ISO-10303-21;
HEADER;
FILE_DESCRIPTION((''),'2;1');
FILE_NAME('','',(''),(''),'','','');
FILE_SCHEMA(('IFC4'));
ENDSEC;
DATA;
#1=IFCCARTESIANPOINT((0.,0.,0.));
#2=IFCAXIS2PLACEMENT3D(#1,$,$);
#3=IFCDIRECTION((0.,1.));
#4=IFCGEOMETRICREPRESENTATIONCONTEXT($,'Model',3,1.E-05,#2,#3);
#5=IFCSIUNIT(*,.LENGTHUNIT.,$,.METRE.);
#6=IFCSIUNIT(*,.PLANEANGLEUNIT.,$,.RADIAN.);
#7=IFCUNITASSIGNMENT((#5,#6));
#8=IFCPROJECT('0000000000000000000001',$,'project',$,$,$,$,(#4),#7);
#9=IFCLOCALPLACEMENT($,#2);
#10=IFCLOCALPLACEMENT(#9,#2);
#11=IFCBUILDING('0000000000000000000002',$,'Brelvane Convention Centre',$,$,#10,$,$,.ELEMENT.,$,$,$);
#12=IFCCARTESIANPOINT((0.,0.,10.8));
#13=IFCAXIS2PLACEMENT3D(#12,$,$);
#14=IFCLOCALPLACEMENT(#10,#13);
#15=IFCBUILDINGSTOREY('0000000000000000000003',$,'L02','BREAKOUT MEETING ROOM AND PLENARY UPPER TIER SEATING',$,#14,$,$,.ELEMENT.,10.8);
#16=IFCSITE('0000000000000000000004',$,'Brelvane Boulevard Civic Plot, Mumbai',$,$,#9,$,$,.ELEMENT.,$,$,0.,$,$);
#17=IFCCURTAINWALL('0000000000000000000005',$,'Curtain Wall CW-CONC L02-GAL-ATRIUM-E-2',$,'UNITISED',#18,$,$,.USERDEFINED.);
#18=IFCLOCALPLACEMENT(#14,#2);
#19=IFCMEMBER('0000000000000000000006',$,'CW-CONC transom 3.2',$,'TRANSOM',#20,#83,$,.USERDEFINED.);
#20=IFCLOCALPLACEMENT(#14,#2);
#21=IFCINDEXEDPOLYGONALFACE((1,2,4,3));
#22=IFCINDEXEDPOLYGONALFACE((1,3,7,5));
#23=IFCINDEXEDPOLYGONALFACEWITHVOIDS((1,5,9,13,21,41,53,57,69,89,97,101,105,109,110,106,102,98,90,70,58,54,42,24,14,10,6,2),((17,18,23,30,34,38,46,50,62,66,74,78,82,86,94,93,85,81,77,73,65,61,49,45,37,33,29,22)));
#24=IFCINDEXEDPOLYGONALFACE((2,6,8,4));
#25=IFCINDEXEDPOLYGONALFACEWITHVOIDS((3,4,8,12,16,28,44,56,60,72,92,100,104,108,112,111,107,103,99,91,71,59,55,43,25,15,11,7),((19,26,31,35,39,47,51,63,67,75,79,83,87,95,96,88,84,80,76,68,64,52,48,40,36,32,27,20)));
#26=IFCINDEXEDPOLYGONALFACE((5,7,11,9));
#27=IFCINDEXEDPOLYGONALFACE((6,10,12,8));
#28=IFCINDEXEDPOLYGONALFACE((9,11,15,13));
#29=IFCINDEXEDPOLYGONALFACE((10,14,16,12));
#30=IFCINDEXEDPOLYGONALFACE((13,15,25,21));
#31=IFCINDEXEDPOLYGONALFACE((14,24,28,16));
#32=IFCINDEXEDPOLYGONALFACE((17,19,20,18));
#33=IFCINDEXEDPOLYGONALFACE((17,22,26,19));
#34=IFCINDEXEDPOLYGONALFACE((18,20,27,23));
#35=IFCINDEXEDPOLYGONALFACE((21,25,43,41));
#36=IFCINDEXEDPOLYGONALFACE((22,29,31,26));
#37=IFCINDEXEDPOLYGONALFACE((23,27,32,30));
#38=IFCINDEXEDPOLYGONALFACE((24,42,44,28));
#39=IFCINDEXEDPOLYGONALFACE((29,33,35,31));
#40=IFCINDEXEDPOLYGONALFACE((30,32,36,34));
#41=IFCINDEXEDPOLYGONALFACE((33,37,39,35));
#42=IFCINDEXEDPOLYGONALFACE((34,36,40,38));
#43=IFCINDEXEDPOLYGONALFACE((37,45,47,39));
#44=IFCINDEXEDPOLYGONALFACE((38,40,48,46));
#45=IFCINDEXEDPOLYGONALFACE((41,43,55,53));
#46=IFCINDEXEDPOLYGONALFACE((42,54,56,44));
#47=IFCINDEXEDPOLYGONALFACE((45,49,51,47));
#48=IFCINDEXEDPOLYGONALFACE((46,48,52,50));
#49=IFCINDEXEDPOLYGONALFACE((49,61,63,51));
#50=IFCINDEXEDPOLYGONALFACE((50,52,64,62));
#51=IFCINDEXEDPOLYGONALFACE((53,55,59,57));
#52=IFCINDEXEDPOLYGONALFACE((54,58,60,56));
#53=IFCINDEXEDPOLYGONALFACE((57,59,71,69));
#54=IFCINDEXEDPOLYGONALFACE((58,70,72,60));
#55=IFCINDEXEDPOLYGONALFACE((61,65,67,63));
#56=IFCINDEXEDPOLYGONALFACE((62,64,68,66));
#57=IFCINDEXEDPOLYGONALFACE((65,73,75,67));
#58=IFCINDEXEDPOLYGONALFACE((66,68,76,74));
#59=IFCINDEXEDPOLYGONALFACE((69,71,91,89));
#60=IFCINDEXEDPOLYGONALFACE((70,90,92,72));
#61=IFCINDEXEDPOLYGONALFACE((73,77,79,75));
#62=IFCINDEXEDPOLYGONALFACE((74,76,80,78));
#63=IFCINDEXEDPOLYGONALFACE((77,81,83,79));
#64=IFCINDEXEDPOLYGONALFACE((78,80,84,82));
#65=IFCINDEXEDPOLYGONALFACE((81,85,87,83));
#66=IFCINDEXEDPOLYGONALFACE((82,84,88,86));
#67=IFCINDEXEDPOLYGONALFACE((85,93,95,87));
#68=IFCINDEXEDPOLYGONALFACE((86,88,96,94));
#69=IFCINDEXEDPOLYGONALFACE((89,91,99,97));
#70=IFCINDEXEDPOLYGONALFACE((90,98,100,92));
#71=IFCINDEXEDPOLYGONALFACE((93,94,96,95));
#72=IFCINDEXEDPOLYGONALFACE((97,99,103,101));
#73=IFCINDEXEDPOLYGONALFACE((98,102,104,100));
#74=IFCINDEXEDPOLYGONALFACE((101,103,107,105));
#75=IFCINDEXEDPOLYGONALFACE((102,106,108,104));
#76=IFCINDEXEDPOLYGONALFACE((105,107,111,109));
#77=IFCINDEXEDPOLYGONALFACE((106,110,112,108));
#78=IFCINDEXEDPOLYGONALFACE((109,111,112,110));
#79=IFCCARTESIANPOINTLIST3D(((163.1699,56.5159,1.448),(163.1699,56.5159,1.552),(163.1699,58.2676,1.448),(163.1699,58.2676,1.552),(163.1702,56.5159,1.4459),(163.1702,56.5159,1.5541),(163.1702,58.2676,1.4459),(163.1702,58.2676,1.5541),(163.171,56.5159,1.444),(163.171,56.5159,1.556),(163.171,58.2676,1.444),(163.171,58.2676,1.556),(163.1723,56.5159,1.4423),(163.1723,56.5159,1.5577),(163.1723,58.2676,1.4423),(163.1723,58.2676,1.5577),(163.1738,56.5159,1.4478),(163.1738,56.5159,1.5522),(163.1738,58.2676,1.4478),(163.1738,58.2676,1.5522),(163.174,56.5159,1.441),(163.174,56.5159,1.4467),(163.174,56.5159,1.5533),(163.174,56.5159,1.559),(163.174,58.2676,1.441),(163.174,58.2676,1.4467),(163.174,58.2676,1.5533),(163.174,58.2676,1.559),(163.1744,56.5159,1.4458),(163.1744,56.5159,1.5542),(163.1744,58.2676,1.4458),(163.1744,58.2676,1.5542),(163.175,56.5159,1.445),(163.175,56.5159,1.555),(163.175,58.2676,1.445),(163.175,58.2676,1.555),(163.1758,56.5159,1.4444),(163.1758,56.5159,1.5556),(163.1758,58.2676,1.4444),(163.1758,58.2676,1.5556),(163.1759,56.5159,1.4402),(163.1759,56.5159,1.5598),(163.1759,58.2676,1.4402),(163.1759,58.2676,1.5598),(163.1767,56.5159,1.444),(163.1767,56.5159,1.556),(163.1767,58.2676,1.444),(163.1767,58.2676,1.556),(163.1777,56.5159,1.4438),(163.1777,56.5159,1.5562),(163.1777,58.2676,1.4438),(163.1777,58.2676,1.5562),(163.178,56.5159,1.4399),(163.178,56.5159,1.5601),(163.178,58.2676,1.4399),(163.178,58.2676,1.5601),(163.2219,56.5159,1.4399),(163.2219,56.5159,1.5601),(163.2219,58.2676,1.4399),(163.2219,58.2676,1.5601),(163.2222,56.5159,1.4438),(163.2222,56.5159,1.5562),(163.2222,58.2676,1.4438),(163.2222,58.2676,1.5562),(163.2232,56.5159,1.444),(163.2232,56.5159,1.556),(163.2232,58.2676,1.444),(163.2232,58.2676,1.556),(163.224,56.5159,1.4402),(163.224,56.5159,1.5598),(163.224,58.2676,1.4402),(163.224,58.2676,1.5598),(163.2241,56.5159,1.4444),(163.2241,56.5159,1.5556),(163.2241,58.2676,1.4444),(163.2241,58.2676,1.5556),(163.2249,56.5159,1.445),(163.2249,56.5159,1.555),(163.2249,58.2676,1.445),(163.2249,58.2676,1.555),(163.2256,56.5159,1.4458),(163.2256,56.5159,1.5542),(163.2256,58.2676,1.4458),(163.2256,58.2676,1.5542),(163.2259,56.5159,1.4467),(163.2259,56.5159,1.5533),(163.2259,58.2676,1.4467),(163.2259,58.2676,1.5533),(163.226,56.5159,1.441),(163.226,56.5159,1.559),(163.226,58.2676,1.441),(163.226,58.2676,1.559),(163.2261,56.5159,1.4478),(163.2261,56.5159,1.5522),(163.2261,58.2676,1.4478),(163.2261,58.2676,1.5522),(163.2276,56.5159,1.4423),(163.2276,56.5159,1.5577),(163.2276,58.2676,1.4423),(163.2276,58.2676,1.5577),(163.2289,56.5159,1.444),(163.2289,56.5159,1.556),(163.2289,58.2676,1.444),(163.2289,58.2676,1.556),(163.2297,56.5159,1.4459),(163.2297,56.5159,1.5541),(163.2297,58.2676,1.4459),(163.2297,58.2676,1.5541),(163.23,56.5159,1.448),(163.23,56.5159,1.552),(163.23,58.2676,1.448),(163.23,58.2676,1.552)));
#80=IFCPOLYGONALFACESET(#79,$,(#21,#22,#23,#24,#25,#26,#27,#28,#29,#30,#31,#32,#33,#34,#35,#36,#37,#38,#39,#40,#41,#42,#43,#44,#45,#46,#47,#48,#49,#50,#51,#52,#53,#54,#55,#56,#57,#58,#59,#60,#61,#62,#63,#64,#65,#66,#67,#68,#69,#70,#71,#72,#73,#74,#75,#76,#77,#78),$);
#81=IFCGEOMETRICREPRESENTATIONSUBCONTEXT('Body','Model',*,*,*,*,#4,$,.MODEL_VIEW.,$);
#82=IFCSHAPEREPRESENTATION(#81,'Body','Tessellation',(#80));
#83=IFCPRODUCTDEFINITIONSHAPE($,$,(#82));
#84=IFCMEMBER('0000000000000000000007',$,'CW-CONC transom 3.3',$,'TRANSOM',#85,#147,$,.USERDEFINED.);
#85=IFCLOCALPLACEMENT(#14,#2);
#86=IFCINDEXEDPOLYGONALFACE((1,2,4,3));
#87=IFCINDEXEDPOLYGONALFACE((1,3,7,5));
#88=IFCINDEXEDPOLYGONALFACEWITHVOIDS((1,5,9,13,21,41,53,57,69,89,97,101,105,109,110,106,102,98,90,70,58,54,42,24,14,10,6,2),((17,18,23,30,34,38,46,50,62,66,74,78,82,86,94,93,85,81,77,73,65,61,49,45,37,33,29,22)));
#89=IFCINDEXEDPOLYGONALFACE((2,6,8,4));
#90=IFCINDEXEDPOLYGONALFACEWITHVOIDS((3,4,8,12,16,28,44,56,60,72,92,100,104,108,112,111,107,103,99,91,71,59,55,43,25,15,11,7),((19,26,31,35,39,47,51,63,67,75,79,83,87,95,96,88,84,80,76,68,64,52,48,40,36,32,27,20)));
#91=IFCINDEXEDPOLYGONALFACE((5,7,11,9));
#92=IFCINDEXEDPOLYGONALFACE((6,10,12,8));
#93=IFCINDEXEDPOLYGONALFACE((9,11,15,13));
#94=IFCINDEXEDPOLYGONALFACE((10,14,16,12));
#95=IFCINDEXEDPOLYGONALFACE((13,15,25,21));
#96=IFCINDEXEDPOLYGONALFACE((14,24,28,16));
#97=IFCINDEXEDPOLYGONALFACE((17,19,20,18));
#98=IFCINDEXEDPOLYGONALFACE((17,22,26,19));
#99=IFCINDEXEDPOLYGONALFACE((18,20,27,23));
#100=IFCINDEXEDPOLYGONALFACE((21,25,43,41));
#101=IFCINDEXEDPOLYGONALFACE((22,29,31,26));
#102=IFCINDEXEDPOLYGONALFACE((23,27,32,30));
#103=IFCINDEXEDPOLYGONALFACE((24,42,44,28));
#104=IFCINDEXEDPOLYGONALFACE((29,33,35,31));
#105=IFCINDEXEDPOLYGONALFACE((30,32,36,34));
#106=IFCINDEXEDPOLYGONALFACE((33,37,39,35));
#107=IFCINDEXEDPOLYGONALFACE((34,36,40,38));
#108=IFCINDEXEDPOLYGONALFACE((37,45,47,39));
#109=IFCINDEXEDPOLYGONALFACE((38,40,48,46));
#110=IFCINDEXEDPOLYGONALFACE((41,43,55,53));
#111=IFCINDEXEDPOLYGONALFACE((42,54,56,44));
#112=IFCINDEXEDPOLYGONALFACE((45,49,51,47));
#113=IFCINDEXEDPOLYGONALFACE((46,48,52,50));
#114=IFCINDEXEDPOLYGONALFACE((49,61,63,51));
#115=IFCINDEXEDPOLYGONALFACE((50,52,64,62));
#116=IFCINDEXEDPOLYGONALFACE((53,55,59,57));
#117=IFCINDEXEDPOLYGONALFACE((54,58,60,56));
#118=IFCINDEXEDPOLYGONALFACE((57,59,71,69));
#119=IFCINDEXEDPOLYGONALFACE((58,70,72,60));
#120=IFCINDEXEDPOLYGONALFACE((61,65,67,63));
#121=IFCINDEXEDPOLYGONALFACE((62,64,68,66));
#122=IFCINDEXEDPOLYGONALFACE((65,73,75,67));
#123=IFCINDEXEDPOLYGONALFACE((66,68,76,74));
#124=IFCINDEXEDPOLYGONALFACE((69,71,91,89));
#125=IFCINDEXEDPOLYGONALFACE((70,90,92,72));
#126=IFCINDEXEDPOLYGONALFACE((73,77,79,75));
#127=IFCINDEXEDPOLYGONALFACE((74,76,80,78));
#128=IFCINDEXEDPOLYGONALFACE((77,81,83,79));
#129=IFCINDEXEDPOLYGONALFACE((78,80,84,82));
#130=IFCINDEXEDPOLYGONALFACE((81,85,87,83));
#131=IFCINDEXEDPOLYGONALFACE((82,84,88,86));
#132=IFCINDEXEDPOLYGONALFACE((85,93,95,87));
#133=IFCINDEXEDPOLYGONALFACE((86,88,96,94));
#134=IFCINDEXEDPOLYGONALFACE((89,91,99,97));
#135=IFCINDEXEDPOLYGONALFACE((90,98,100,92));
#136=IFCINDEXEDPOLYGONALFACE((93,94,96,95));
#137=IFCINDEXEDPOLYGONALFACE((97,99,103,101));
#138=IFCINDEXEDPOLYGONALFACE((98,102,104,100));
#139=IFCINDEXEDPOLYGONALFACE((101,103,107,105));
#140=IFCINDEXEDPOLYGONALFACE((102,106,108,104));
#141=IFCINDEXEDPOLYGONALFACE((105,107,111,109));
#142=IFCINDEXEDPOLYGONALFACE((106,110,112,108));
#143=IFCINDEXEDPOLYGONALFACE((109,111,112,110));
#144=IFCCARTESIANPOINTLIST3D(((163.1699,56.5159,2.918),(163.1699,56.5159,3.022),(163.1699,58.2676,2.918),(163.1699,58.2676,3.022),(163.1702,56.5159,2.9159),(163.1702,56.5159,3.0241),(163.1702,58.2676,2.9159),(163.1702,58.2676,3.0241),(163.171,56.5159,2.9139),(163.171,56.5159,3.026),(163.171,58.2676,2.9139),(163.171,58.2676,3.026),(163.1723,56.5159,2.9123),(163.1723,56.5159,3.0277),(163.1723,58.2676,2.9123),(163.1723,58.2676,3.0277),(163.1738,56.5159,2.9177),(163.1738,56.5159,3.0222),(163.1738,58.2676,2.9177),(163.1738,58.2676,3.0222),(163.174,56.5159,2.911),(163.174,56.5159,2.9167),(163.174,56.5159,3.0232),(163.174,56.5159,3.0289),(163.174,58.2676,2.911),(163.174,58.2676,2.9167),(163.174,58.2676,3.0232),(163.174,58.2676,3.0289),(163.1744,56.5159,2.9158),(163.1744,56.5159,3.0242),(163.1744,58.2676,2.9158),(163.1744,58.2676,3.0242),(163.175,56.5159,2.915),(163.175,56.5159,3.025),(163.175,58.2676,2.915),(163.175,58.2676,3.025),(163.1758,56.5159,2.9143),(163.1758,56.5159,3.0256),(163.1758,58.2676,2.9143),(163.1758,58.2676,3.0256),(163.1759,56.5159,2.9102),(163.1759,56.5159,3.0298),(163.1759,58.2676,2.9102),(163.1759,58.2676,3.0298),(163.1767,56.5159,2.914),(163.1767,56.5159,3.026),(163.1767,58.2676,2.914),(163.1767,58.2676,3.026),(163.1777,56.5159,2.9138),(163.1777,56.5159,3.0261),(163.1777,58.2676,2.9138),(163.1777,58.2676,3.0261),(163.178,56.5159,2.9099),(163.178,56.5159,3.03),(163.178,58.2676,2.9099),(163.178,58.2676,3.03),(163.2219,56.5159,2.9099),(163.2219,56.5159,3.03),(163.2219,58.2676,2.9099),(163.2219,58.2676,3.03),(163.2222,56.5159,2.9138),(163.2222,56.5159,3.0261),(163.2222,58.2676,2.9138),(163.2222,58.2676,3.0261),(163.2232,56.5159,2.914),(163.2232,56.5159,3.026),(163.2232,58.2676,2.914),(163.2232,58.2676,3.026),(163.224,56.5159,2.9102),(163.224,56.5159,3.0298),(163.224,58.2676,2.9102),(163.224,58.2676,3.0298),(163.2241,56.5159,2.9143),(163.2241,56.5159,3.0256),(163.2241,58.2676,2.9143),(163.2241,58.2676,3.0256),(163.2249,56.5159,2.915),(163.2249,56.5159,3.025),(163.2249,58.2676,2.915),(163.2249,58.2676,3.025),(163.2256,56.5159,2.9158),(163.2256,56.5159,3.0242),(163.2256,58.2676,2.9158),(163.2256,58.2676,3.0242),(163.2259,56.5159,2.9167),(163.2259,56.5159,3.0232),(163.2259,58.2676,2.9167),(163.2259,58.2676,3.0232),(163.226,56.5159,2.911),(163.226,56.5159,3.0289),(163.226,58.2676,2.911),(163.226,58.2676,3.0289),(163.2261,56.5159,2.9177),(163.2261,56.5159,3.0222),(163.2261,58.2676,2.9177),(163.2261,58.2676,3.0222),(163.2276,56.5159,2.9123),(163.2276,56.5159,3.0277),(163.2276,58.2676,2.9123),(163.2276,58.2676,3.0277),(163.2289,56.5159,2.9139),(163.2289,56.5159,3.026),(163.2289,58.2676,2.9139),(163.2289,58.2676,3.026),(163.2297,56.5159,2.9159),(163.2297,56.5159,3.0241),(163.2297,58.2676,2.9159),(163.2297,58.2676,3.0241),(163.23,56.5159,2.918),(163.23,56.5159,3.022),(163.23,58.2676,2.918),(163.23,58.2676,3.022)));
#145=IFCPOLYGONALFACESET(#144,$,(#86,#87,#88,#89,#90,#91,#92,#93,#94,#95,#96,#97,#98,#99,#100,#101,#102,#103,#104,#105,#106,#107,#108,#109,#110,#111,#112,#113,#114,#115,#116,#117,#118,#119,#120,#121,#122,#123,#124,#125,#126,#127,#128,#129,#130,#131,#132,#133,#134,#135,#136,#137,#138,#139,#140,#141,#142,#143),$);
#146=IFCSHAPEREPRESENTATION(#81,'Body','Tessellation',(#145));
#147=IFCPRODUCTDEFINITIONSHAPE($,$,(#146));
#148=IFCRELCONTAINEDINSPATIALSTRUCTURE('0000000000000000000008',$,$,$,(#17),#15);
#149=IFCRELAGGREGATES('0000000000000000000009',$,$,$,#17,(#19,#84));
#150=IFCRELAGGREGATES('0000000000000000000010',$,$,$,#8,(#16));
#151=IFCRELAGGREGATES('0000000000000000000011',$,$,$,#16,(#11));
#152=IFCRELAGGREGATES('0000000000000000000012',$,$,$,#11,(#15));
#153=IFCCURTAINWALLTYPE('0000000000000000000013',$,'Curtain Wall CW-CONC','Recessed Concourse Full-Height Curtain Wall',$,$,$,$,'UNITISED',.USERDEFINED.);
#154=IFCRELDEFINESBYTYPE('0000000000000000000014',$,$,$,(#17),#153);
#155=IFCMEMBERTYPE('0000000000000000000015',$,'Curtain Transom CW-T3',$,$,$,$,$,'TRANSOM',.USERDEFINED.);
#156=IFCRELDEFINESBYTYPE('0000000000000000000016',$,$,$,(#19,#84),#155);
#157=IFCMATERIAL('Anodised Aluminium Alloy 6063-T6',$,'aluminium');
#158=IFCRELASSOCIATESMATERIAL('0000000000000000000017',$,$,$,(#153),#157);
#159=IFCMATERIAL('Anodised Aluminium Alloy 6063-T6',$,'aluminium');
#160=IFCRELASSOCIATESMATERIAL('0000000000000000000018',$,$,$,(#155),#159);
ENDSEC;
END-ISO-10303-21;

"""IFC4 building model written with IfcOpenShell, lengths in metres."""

from ifc_helpers import new_model, si_unit, direction, frame, origin, origin_2d, place, context, subcontext, project, spatial, hollow_rectangle, extrude, material, material_profile, profile_set, type_object, element, aggregate, save


model = new_model("IFC4")

# Units and contexts
model_context = context("Model", 3, precision=1e-05, world=origin(), true_north=direction((0.0, 1.0)))
body_context = subcontext(model_context, "Body", "Model", "MODEL_VIEW")
ifc_project = project(units=[si_unit("LENGTHUNIT", "METRE"), si_unit("PLANEANGLEUNIT", "RADIAN")], contexts=[model_context])

# Site, building, storey
site_placement = place(None, origin())
site = spatial("IfcSite", under=ifc_project, at=site_placement, Name="Brelvane Boulevard Civic Plot, Mumbai", CompositionType="ELEMENT", RefElevation=0.0)
building_placement = place(site_placement, origin())
building = spatial("IfcBuilding", under=site, at=building_placement, Name="Brelvane Convention Centre", CompositionType="ELEMENT")
storey_placement = place(building_placement, frame((0.0, 0.0, 10.8)))
storey = spatial("IfcBuildingStorey", under=building, at=storey_placement, Name="L02", Description="BREAKOUT MEETING ROOM AND PLENARY UPPER TIER SEATING", CompositionType="ELEMENT", Elevation=10.8)

# Curtain wall, members
ifc_material_1 = material(Name="Anodised Aluminium Alloy 6063-T6", Category="aluminium")
curtain_wall_type = type_object("IfcCurtainWallType", Name="Curtain Wall CW-CONC", Description="Recessed Concourse Full-Height Curtain Wall", ElementType="UNITISED", PredefinedType="USERDEFINED", material=ifc_material_1)
curtain_wall_placement = place(storey_placement, origin())
curtain_wall = element("IfcCurtainWall", 1, at=curtain_wall_placement, inside=storey, type_object=curtain_wall_type, Name="Curtain Wall CW-CONC L02-GAL-ATRIUM-E-2", ObjectType="UNITISED", PredefinedType="USERDEFINED")
ifc_material_2 = material(Name="Anodised Aluminium Alloy 6063-T6", Category="aluminium")
ifc_material_profile_1 = material_profile(ifc_material_2, hollow_rectangle(XDim=0.0601, YDim=0.1201, WallThickness=0.0039, InnerFilletRadius=0.0039, OuterFilletRadius=0.0081, at=origin_2d()), Name="ALU-T 120x60x4.0")
ifc_profile_set_1 = profile_set([ifc_material_profile_1], Name="Anodised Aluminium Alloy 6063-T6")
member_type_1 = type_object("IfcMemberType", Name="Curtain Transom CW-T3", ElementType="TRANSOM", PredefinedType="USERDEFINED", material=ifc_profile_set_1)
member_1_placement = place(storey_placement, frame((163.2, 56.5159, 1.5), z_axis=(0.0, 1.0, 0.0), x_axis=(-1.0, 0.0, 0.0)))
member_1 = element("IfcMember", 2, at=member_1_placement, type_object=member_type_1, Name="CW-CONC transom 3.2", ObjectType="TRANSOM", PredefinedType="USERDEFINED", context=body_context, shape_type="SweptSolid", body=[
    extrude(hollow_rectangle(XDim=0.0601, YDim=0.1201, WallThickness=0.0039, InnerFilletRadius=0.0039, OuterFilletRadius=0.0081, at=origin_2d()), origin(), (0.0, 0.0, 1.0), 1.7517),
])
member_2_placement = place(storey_placement, frame((163.2, 56.5159, 2.97), z_axis=(0.0, 1.0, 0.0), x_axis=(-1.0, 0.0, 0.0)))
member_2 = element("IfcMember", 3, at=member_2_placement, type_object=member_type_1, Name="CW-CONC transom 3.3", ObjectType="TRANSOM", PredefinedType="USERDEFINED", context=body_context, shape_type="SweptSolid", body=[
    extrude(hollow_rectangle(XDim=0.0601, YDim=0.1201, WallThickness=0.0039, InnerFilletRadius=0.0039, OuterFilletRadius=0.0081, at=origin_2d()), origin(), (0.0, 0.0, 1.0), 1.7517),
])

aggregate(curtain_wall, [member_1, member_2])

save(model, "model.ifc")
